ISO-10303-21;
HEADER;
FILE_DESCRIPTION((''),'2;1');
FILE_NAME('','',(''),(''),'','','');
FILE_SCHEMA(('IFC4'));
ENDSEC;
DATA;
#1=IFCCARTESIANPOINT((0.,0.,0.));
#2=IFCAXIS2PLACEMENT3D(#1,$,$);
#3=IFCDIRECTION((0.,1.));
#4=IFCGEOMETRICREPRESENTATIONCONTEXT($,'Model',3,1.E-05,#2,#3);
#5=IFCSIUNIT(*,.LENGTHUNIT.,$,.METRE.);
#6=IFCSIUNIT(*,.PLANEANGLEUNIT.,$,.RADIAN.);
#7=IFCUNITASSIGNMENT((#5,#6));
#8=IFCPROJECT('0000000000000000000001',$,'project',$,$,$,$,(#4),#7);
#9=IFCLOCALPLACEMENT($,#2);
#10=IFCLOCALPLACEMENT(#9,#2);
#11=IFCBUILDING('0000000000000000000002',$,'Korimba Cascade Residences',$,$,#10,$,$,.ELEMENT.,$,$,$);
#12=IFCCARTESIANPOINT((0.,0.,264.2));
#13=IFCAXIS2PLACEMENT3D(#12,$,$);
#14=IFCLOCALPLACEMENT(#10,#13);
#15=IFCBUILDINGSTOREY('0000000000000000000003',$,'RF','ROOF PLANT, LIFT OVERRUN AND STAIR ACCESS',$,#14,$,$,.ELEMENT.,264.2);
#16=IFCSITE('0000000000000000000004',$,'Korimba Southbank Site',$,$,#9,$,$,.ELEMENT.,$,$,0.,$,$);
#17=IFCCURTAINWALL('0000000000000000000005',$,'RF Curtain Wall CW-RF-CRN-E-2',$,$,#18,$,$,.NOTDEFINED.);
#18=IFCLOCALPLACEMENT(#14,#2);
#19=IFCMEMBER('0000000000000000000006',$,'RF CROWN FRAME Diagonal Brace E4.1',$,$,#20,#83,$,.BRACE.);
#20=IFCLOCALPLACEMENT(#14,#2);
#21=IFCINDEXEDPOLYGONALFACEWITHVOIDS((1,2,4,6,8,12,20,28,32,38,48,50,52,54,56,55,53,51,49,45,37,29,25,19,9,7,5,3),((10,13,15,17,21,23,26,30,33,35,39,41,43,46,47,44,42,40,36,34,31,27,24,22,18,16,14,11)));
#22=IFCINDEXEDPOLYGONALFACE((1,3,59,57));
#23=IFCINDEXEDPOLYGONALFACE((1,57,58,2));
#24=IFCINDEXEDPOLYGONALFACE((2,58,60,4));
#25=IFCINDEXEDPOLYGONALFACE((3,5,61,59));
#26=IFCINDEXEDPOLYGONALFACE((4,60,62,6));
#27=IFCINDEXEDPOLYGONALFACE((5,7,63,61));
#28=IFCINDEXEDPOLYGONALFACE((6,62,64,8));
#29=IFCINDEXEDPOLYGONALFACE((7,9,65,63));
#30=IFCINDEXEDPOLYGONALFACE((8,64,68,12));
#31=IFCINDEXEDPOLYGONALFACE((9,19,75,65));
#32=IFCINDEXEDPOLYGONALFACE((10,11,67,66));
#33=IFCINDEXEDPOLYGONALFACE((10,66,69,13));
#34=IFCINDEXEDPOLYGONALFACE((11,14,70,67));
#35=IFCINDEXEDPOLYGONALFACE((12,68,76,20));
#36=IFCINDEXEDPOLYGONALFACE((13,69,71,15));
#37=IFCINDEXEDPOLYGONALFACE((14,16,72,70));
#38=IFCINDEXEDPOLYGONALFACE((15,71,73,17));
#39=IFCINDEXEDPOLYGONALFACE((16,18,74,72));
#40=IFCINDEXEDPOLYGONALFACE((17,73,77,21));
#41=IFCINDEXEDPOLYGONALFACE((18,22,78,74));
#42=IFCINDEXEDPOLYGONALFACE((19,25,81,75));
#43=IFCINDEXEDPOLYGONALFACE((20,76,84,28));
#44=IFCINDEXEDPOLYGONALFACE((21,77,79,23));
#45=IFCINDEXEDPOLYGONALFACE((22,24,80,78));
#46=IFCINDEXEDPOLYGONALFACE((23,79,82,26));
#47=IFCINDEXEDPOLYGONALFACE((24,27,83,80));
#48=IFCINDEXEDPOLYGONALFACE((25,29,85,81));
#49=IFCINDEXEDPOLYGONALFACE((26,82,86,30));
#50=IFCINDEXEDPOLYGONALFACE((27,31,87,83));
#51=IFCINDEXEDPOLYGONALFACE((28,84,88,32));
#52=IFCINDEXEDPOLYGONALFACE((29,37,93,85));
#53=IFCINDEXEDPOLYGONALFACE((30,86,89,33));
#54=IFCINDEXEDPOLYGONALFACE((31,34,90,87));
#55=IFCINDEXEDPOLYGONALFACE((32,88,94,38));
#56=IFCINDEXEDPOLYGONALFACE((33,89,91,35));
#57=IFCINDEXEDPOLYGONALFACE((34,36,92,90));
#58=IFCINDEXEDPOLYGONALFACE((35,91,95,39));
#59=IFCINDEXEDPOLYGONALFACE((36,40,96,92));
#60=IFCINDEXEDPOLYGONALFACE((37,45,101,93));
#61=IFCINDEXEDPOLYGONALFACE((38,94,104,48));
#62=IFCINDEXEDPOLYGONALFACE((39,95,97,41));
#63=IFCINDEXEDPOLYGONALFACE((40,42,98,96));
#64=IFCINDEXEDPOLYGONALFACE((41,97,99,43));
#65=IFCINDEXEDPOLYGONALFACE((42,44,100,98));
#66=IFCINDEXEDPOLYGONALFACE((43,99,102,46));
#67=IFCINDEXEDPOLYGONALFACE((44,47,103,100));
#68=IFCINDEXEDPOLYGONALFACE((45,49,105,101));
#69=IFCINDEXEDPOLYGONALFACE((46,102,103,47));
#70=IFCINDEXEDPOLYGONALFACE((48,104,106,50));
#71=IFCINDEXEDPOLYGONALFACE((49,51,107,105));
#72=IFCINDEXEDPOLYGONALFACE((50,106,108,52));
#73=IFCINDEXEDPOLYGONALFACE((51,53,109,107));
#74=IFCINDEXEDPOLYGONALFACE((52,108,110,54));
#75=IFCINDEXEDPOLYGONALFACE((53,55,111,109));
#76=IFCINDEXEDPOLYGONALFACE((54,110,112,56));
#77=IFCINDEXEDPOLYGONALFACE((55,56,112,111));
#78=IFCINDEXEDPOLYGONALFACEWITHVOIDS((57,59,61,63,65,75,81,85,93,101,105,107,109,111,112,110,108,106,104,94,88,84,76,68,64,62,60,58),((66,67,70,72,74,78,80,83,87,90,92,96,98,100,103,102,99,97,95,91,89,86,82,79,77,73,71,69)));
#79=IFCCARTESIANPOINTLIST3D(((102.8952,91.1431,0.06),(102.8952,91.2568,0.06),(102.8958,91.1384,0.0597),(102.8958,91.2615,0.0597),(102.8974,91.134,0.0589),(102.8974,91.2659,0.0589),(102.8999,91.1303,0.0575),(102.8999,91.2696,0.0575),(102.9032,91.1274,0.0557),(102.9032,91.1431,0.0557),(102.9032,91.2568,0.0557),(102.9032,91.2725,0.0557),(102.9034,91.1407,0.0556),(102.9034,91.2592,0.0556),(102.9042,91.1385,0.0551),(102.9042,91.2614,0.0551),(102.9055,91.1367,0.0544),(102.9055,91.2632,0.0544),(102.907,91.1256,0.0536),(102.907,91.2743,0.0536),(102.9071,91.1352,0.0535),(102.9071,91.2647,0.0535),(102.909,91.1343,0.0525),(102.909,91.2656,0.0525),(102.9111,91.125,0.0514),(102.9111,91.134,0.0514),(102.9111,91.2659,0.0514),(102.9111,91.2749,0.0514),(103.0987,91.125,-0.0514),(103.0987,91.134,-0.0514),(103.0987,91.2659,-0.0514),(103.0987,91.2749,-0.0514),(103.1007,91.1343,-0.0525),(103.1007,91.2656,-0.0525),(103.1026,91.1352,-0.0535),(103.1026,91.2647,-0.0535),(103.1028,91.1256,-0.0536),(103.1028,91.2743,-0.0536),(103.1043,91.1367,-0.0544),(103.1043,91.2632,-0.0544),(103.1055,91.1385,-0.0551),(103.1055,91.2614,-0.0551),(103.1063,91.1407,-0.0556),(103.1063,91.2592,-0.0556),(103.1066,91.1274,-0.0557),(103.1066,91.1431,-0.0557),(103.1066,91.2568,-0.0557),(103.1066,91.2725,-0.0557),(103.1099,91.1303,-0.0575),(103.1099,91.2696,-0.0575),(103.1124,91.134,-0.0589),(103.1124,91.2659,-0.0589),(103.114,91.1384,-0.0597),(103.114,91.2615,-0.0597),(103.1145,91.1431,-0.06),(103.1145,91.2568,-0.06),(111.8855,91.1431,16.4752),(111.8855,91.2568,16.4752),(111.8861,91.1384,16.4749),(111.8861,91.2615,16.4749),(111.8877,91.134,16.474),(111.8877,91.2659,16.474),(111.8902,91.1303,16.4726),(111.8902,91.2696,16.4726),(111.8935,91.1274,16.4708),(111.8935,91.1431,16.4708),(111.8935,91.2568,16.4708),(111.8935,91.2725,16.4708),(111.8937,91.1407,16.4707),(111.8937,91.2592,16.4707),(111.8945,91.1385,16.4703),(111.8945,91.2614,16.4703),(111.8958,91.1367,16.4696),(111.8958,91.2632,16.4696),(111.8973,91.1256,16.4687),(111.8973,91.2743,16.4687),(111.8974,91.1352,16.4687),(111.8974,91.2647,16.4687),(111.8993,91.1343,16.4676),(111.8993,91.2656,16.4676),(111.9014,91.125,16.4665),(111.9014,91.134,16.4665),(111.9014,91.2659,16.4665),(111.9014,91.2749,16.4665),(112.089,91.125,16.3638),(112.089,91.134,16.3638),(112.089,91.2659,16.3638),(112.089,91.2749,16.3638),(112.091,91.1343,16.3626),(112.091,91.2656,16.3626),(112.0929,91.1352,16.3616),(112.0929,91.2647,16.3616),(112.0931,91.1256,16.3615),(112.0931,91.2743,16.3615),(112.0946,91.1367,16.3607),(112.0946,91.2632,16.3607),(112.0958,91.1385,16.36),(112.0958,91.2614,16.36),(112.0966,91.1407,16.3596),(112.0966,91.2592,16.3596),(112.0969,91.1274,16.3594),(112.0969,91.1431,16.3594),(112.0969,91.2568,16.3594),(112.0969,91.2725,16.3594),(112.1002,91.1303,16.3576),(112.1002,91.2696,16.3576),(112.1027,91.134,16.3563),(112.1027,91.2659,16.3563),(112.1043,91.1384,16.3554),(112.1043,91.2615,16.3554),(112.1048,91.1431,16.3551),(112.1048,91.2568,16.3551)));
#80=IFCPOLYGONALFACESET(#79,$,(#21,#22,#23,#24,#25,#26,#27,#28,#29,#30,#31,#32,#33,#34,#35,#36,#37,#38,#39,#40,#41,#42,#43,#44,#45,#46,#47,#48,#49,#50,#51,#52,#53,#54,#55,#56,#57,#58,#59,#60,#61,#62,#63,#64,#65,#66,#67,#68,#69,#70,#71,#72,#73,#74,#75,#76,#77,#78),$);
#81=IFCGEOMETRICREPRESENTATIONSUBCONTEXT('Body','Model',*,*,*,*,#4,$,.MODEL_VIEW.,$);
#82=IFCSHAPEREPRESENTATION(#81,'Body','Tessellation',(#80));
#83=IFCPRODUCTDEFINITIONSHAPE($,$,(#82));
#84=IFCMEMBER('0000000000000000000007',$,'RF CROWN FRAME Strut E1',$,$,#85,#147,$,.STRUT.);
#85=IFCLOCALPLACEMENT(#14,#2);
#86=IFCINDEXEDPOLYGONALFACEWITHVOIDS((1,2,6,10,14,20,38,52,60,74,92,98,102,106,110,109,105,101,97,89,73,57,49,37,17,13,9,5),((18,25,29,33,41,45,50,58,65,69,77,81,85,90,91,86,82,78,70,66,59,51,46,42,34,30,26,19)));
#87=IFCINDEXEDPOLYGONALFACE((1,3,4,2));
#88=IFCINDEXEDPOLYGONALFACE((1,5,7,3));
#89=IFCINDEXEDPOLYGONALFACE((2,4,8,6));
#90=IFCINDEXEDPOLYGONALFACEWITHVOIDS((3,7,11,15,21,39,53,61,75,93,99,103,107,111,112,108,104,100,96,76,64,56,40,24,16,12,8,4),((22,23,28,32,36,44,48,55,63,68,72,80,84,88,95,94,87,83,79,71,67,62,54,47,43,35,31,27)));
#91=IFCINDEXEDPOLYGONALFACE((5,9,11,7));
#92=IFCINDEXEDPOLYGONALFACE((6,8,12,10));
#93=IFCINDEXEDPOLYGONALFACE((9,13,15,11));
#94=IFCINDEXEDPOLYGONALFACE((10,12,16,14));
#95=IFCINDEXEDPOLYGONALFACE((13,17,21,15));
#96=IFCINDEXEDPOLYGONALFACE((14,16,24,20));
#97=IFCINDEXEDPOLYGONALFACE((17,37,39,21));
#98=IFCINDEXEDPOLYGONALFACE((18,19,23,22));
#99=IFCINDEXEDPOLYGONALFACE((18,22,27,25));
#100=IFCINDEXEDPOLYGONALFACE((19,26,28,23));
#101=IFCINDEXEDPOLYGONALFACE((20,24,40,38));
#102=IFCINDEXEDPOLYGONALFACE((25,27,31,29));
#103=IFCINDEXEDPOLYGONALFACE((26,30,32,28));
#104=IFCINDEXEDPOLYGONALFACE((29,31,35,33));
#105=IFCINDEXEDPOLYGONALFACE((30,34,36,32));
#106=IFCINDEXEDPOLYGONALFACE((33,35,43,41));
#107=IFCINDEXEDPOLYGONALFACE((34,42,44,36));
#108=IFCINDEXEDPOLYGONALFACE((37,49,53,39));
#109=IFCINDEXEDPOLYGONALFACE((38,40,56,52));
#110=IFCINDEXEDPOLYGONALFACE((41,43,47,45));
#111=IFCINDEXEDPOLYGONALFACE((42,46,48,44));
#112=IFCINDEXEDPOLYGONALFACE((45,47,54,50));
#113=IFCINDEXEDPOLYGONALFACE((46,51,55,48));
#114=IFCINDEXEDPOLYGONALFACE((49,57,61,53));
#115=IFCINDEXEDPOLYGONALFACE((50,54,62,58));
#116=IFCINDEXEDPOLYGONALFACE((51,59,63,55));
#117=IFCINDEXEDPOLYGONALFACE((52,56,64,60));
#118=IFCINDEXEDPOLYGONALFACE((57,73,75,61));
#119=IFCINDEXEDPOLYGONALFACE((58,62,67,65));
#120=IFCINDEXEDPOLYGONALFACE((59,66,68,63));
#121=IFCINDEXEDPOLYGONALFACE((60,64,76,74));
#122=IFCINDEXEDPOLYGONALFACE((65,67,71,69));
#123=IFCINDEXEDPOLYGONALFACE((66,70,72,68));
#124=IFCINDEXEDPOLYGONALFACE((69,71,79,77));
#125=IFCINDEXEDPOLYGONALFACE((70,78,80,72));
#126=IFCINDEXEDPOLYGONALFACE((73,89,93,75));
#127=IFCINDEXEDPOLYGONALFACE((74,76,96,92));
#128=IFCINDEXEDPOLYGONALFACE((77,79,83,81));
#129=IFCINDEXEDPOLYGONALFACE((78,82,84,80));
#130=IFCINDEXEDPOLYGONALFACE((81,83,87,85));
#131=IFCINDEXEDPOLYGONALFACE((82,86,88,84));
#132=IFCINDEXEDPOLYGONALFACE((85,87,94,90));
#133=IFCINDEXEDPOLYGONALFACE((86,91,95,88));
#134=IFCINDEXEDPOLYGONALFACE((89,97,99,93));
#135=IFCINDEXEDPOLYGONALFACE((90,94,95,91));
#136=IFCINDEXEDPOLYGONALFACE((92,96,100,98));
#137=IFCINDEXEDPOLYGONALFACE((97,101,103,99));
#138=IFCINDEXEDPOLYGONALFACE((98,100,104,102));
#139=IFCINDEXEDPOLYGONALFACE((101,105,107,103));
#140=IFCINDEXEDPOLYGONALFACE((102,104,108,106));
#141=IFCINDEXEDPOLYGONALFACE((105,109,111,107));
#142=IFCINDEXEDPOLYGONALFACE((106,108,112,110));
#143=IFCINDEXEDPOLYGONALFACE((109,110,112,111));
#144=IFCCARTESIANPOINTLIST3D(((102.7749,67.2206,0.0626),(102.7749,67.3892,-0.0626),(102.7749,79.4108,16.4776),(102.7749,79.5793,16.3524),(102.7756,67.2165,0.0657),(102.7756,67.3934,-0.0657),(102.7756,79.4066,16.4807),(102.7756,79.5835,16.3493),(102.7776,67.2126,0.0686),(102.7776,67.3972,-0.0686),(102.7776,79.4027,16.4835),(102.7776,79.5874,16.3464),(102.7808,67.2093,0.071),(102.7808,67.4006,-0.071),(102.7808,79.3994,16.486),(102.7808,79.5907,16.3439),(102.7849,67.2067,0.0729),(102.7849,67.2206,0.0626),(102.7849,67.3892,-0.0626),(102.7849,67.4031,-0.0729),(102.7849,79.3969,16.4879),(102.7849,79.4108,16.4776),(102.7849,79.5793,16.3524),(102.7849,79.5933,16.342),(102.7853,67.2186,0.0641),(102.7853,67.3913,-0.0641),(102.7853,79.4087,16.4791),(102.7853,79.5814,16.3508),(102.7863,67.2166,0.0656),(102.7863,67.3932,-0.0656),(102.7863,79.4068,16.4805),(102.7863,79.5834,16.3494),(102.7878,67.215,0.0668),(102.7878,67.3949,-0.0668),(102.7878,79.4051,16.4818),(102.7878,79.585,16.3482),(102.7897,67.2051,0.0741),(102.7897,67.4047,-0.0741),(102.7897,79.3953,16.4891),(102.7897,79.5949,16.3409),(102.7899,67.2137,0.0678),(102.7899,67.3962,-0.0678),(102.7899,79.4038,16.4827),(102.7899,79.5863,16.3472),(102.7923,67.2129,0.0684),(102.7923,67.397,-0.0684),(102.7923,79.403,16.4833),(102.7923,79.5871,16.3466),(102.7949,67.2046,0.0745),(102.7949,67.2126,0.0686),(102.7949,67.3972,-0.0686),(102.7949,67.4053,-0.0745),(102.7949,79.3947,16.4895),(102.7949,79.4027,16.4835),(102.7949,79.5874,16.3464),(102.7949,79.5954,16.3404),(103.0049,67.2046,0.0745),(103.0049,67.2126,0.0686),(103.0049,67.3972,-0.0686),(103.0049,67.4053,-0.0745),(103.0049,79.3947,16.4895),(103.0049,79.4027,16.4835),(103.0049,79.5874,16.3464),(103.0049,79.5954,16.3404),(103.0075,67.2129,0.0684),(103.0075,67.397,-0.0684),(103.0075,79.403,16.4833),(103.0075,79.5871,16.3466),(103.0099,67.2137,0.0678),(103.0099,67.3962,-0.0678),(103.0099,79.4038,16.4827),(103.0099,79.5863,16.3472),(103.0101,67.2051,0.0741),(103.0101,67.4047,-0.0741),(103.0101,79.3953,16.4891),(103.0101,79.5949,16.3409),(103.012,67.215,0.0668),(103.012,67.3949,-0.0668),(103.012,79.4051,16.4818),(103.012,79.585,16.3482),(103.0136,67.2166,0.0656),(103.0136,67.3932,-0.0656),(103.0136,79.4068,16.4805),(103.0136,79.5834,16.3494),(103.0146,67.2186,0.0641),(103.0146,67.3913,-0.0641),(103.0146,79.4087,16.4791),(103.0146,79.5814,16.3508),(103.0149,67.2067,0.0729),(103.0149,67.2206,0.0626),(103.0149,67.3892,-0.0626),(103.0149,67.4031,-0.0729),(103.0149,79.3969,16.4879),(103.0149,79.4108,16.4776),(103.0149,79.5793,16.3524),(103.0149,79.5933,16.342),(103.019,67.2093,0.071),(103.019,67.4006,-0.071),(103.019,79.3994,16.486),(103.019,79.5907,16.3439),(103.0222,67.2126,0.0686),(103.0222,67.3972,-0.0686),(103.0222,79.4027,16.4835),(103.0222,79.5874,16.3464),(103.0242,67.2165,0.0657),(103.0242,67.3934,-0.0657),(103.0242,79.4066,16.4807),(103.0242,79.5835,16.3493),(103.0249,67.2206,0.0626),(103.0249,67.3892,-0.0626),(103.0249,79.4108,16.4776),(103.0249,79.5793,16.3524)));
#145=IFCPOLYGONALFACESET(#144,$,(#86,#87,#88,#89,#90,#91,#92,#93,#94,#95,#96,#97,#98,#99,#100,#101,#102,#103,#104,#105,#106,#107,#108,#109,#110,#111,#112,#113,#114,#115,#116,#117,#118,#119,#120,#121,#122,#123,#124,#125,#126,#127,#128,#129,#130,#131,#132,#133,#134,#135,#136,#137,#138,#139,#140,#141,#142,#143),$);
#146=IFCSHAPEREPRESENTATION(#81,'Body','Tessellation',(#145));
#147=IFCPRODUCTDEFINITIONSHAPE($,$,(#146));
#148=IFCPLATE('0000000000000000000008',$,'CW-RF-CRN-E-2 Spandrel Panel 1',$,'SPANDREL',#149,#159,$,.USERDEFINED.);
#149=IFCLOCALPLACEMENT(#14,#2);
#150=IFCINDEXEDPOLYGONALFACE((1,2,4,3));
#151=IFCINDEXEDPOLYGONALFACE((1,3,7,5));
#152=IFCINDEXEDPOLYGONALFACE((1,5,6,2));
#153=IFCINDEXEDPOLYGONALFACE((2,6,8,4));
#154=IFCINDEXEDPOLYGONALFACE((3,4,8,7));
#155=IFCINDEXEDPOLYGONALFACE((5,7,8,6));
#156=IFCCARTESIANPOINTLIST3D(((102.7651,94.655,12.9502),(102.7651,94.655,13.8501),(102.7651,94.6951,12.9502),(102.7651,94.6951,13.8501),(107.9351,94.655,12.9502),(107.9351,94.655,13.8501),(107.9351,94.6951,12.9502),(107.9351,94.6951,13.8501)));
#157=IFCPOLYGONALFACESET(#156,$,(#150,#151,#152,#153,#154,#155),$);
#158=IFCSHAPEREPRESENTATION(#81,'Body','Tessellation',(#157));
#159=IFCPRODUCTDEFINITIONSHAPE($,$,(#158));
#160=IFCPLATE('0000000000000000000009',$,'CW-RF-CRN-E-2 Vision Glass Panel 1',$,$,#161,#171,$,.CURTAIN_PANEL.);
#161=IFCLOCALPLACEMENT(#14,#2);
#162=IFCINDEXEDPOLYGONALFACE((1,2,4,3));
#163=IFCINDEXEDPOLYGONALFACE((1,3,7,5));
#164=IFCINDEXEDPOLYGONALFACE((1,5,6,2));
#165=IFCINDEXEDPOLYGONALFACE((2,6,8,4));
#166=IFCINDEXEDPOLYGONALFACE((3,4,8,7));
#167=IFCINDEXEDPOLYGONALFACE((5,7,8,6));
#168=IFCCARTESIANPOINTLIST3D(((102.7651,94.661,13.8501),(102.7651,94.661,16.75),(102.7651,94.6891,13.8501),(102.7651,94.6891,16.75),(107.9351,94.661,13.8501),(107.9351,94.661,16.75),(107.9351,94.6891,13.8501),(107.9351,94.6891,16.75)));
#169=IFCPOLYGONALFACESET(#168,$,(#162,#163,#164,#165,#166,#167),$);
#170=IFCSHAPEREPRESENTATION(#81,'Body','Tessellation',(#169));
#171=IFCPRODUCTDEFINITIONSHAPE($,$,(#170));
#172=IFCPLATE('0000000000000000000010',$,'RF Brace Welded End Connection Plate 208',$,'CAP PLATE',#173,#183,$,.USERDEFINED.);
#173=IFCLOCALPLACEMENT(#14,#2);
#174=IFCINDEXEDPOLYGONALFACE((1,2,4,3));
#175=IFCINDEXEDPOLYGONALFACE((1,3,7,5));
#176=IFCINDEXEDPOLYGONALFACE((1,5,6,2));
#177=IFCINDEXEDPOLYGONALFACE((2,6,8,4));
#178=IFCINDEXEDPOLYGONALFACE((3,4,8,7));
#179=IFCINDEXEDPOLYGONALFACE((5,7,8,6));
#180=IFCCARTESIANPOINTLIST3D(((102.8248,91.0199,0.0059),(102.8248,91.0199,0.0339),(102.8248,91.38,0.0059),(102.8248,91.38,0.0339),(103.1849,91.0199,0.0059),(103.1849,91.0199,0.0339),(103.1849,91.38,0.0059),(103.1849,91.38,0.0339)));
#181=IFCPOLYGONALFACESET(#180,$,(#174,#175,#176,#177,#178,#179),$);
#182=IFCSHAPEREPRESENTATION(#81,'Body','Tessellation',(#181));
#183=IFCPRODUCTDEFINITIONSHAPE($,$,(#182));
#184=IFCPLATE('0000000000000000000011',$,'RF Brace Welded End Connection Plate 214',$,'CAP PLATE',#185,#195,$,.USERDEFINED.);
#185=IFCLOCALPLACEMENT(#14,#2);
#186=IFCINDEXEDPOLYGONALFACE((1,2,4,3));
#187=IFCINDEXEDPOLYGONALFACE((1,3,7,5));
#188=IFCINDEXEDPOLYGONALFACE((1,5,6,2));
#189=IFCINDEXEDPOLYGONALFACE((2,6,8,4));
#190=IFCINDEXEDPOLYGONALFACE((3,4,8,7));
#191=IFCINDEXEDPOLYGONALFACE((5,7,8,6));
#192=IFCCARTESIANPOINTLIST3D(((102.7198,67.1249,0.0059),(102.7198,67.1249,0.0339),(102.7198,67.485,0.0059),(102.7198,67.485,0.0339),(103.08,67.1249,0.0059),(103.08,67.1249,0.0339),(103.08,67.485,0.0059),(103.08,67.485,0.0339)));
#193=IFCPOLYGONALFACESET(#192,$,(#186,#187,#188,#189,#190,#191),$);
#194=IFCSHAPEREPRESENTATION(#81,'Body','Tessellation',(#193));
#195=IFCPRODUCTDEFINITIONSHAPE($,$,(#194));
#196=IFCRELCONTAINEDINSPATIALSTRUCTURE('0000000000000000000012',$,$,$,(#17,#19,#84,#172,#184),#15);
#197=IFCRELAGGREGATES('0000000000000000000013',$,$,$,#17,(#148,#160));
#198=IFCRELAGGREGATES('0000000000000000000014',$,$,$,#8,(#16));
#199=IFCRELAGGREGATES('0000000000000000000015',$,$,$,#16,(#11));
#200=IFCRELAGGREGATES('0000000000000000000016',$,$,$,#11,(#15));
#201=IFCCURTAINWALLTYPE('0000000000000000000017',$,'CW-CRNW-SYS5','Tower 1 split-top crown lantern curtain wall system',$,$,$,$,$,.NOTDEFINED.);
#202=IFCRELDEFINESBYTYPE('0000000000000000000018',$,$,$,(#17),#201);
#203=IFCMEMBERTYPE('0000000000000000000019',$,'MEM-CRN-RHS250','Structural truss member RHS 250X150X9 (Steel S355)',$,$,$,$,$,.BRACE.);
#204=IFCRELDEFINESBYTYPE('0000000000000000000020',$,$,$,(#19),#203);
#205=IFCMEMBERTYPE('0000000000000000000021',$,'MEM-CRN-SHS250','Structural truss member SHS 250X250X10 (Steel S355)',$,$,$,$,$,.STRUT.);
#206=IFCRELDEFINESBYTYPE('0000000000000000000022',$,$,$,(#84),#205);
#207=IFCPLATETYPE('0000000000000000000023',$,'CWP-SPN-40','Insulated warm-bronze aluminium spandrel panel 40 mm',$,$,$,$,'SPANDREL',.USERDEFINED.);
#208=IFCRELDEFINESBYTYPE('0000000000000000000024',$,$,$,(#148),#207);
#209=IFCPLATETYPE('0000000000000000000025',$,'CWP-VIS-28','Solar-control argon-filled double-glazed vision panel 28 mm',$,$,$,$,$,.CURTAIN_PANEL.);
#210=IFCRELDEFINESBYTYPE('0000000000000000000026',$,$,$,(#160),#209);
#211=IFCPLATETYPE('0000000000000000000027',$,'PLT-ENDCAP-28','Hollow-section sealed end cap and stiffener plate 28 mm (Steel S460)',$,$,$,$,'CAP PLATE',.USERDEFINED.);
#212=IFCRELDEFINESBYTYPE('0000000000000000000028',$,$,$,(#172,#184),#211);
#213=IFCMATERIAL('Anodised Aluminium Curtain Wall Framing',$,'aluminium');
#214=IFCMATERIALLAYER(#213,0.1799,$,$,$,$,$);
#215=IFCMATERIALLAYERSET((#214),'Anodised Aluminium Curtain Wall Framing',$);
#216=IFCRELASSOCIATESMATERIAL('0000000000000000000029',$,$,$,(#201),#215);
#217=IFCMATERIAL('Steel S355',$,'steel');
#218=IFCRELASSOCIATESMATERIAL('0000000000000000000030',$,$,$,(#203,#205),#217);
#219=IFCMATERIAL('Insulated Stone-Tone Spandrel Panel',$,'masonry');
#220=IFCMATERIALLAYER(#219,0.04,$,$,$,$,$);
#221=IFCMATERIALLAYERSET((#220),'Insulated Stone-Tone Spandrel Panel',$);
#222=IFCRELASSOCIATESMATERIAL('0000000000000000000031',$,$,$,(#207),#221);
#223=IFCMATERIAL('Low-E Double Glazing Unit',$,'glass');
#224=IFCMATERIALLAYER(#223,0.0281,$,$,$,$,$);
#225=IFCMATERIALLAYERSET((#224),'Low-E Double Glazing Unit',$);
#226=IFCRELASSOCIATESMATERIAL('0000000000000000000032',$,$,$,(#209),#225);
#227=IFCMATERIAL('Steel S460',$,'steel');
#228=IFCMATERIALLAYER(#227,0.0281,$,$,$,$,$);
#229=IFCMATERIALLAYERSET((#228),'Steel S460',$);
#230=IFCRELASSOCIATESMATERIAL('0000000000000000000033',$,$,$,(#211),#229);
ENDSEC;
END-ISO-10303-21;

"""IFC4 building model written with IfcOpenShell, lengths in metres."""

from ifc_helpers import new_model, si_unit, direction, frame, origin, origin_2d, place, context, subcontext, project, spatial, rectangle, hollow_rectangle, extrude, material, layer, layer_set, material_profile, profile_set, type_object, element, aggregate, save


model = new_model("IFC4")

# Units and contexts
model_context = context("Model", 3, precision=1e-05, world=origin(), true_north=direction((0.0, 1.0)))
body_context = subcontext(model_context, "Body", "Model", "MODEL_VIEW")
ifc_project = project(units=[si_unit("LENGTHUNIT", "METRE"), si_unit("PLANEANGLEUNIT", "RADIAN")], contexts=[model_context])

# Site, building, storey
site_placement = place(None, origin())
site = spatial("IfcSite", under=ifc_project, at=site_placement, Name="Korimba Southbank Site", CompositionType="ELEMENT", RefElevation=0.0)
building_placement = place(site_placement, origin())
building = spatial("IfcBuilding", under=site, at=building_placement, Name="Korimba Cascade Residences", CompositionType="ELEMENT")
storey_placement = place(building_placement, frame((0.0, 0.0, 264.2)))
storey = spatial("IfcBuildingStorey", under=building, at=storey_placement, Name="RF", Description="ROOF PLANT, LIFT OVERRUN AND STAIR ACCESS", CompositionType="ELEMENT", Elevation=264.2)

# Shared definitions
ifc_material_1 = material(Name="Steel S355", Category="steel")

# Curtain wall
ifc_material_2 = material(Name="Anodised Aluminium Curtain Wall Framing", Category="aluminium")
ifc_layer_1 = layer(ifc_material_2, 0.1799)
ifc_layer_set_1 = layer_set([ifc_layer_1], Name="Anodised Aluminium Curtain Wall Framing")
curtain_wall_type = type_object("IfcCurtainWallType", Name="CW-CRNW-SYS5", Description="Tower 1 split-top crown lantern curtain wall system", PredefinedType="NOTDEFINED", material=ifc_layer_set_1)
curtain_wall_placement = place(storey_placement, origin())
curtain_wall = element("IfcCurtainWall", 1, at=curtain_wall_placement, inside=storey, type_object=curtain_wall_type, Name="RF Curtain Wall CW-RF-CRN-E-2", PredefinedType="NOTDEFINED")

# Members
ifc_material_profile_1 = material_profile(ifc_material_1, hollow_rectangle(XDim=0.1499, YDim=0.25, WallThickness=0.009, InnerFilletRadius=0.009, OuterFilletRadius=0.0181, at=origin_2d()), Name="Steel S355")
ifc_profile_set_1 = profile_set([ifc_material_profile_1], Name="Steel S355")
member_type_1 = type_object("IfcMemberType", Name="MEM-CRN-RHS250", Description="Structural truss member RHS 250X150X9 (Steel S355)", PredefinedType="BRACE", material=ifc_profile_set_1)
member_1_placement = place(storey_placement, frame((103.0049, 91.2, 0.0), z_axis=(0.480358, 0.0, 0.877073), x_axis=(0.0, 1.0, 0.0)))
element("IfcMember", 2, at=member_1_placement, inside=storey, type_object=member_type_1, Name="RF CROWN FRAME Diagonal Brace E4.1", PredefinedType="BRACE", context=body_context, shape_type="SweptSolid", body=[
    extrude(hollow_rectangle(XDim=0.1499, YDim=0.25, WallThickness=0.009, InnerFilletRadius=0.009, OuterFilletRadius=0.0181, at=origin_2d()), origin(), (0.0, 0.0, 1.0), 18.7158),
])
ifc_material_profile_2 = material_profile(ifc_material_1, hollow_rectangle(XDim=0.25, YDim=0.25, WallThickness=0.01, InnerFilletRadius=0.01, OuterFilletRadius=0.02, at=origin_2d()), Name="Steel S355")
ifc_profile_set_2 = profile_set([ifc_material_profile_2], Name="Steel S355")
member_type_2 = type_object("IfcMemberType", Name="MEM-CRN-SHS250", Description="Structural truss member SHS 250X250X10 (Steel S355)", PredefinedType="STRUT", material=ifc_profile_set_2)
member_2_placement = place(storey_placement, frame((102.8999, 67.3049, 0.0), z_axis=(0.0, 0.596203, 0.802834), x_axis=(-1.0, 0.0, 0.0)))
element("IfcMember", 3, at=member_2_placement, inside=storey, type_object=member_type_2, Name="RF CROWN FRAME Strut E1", PredefinedType="STRUT", context=body_context, shape_type="SweptSolid", body=[
    extrude(hollow_rectangle(XDim=0.25, YDim=0.25, WallThickness=0.01, InnerFilletRadius=0.01, OuterFilletRadius=0.02, at=origin_2d()), origin(), (0.0, 0.0, 1.0), 20.4463),
])

# Plates
ifc_material_3 = material(Name="Insulated Stone-Tone Spandrel Panel", Category="masonry")
ifc_layer_2 = layer(ifc_material_3, 0.04)
ifc_layer_set_2 = layer_set([ifc_layer_2], Name="Insulated Stone-Tone Spandrel Panel")
plate_type_1 = type_object("IfcPlateType", Name="CWP-SPN-40", Description="Insulated warm-bronze aluminium spandrel panel 40 mm", ElementType="SPANDREL", PredefinedType="USERDEFINED", material=ifc_layer_set_2)
plate_1_placement = place(storey_placement, frame((105.3501, 94.675, 12.9502), z_axis=(0.0, 0.0, 1.0), x_axis=(1.0, 0.0, 0.0)))
plate_1 = element("IfcPlate", 4, at=plate_1_placement, type_object=plate_type_1, Name="CW-RF-CRN-E-2 Spandrel Panel 1", ObjectType="SPANDREL", PredefinedType="USERDEFINED", context=body_context, shape_type="SweptSolid", body=[
    extrude(rectangle(XDim=5.1699, YDim=0.04, at=origin_2d()), origin(), (0.0, 0.0, 1.0), 0.8999),
])
ifc_material_4 = material(Name="Low-E Double Glazing Unit", Category="glass")
ifc_layer_3 = layer(ifc_material_4, 0.0281)
ifc_layer_set_3 = layer_set([ifc_layer_3], Name="Low-E Double Glazing Unit")
plate_type_2 = type_object("IfcPlateType", Name="CWP-VIS-28", Description="Solar-control argon-filled double-glazed vision panel 28 mm", PredefinedType="CURTAIN_PANEL", material=ifc_layer_set_3)
plate_2_placement = place(storey_placement, frame((105.3501, 94.675, 13.8501), z_axis=(0.0, 0.0, 1.0), x_axis=(1.0, 0.0, 0.0)))
plate_2 = element("IfcPlate", 5, at=plate_2_placement, type_object=plate_type_2, Name="CW-RF-CRN-E-2 Vision Glass Panel 1", PredefinedType="CURTAIN_PANEL", context=body_context, shape_type="SweptSolid", body=[
    extrude(rectangle(XDim=5.1699, YDim=0.0281, at=origin_2d()), origin(), (0.0, 0.0, 1.0), 2.8999),
])
aggregate(curtain_wall, [plate_1, plate_2])

# Plates
ifc_material_5 = material(Name="Steel S460", Category="steel")
ifc_layer_4 = layer(ifc_material_5, 0.0281)
ifc_layer_set_4 = layer_set([ifc_layer_4], Name="Steel S460")
plate_type_3 = type_object("IfcPlateType", Name="PLT-ENDCAP-28", Description="Hollow-section sealed end cap and stiffener plate 28 mm (Steel S460)", ElementType="CAP PLATE", PredefinedType="USERDEFINED", material=ifc_layer_set_4)
for number, where, z_axis, x_axis, name in (
    (6, (103.0049, 91.2, 0.0059), (0.0, 0.0, 1.0), (1.0, 0.0, 0.0), "RF Brace Welded End Connection Plate 208"),
    (7, (102.8999, 67.3049, 0.0059), (0.0, 0.0, 1.0), (1.0, 0.0, 0.0), "RF Brace Welded End Connection Plate 214"),
):
    element("IfcPlate", number, at=place(storey_placement, frame(where, z_axis=z_axis, x_axis=x_axis)), inside=storey, type_object=plate_type_3, Name=name, ObjectType="CAP PLATE", PredefinedType="USERDEFINED", context=body_context, shape_type="SweptSolid", body=[
        extrude(rectangle(XDim=0.3601, YDim=0.3601, at=origin_2d()), origin(), (0.0, 0.0, 1.0), 0.0281),
    ])

save(model, "model.ifc")
